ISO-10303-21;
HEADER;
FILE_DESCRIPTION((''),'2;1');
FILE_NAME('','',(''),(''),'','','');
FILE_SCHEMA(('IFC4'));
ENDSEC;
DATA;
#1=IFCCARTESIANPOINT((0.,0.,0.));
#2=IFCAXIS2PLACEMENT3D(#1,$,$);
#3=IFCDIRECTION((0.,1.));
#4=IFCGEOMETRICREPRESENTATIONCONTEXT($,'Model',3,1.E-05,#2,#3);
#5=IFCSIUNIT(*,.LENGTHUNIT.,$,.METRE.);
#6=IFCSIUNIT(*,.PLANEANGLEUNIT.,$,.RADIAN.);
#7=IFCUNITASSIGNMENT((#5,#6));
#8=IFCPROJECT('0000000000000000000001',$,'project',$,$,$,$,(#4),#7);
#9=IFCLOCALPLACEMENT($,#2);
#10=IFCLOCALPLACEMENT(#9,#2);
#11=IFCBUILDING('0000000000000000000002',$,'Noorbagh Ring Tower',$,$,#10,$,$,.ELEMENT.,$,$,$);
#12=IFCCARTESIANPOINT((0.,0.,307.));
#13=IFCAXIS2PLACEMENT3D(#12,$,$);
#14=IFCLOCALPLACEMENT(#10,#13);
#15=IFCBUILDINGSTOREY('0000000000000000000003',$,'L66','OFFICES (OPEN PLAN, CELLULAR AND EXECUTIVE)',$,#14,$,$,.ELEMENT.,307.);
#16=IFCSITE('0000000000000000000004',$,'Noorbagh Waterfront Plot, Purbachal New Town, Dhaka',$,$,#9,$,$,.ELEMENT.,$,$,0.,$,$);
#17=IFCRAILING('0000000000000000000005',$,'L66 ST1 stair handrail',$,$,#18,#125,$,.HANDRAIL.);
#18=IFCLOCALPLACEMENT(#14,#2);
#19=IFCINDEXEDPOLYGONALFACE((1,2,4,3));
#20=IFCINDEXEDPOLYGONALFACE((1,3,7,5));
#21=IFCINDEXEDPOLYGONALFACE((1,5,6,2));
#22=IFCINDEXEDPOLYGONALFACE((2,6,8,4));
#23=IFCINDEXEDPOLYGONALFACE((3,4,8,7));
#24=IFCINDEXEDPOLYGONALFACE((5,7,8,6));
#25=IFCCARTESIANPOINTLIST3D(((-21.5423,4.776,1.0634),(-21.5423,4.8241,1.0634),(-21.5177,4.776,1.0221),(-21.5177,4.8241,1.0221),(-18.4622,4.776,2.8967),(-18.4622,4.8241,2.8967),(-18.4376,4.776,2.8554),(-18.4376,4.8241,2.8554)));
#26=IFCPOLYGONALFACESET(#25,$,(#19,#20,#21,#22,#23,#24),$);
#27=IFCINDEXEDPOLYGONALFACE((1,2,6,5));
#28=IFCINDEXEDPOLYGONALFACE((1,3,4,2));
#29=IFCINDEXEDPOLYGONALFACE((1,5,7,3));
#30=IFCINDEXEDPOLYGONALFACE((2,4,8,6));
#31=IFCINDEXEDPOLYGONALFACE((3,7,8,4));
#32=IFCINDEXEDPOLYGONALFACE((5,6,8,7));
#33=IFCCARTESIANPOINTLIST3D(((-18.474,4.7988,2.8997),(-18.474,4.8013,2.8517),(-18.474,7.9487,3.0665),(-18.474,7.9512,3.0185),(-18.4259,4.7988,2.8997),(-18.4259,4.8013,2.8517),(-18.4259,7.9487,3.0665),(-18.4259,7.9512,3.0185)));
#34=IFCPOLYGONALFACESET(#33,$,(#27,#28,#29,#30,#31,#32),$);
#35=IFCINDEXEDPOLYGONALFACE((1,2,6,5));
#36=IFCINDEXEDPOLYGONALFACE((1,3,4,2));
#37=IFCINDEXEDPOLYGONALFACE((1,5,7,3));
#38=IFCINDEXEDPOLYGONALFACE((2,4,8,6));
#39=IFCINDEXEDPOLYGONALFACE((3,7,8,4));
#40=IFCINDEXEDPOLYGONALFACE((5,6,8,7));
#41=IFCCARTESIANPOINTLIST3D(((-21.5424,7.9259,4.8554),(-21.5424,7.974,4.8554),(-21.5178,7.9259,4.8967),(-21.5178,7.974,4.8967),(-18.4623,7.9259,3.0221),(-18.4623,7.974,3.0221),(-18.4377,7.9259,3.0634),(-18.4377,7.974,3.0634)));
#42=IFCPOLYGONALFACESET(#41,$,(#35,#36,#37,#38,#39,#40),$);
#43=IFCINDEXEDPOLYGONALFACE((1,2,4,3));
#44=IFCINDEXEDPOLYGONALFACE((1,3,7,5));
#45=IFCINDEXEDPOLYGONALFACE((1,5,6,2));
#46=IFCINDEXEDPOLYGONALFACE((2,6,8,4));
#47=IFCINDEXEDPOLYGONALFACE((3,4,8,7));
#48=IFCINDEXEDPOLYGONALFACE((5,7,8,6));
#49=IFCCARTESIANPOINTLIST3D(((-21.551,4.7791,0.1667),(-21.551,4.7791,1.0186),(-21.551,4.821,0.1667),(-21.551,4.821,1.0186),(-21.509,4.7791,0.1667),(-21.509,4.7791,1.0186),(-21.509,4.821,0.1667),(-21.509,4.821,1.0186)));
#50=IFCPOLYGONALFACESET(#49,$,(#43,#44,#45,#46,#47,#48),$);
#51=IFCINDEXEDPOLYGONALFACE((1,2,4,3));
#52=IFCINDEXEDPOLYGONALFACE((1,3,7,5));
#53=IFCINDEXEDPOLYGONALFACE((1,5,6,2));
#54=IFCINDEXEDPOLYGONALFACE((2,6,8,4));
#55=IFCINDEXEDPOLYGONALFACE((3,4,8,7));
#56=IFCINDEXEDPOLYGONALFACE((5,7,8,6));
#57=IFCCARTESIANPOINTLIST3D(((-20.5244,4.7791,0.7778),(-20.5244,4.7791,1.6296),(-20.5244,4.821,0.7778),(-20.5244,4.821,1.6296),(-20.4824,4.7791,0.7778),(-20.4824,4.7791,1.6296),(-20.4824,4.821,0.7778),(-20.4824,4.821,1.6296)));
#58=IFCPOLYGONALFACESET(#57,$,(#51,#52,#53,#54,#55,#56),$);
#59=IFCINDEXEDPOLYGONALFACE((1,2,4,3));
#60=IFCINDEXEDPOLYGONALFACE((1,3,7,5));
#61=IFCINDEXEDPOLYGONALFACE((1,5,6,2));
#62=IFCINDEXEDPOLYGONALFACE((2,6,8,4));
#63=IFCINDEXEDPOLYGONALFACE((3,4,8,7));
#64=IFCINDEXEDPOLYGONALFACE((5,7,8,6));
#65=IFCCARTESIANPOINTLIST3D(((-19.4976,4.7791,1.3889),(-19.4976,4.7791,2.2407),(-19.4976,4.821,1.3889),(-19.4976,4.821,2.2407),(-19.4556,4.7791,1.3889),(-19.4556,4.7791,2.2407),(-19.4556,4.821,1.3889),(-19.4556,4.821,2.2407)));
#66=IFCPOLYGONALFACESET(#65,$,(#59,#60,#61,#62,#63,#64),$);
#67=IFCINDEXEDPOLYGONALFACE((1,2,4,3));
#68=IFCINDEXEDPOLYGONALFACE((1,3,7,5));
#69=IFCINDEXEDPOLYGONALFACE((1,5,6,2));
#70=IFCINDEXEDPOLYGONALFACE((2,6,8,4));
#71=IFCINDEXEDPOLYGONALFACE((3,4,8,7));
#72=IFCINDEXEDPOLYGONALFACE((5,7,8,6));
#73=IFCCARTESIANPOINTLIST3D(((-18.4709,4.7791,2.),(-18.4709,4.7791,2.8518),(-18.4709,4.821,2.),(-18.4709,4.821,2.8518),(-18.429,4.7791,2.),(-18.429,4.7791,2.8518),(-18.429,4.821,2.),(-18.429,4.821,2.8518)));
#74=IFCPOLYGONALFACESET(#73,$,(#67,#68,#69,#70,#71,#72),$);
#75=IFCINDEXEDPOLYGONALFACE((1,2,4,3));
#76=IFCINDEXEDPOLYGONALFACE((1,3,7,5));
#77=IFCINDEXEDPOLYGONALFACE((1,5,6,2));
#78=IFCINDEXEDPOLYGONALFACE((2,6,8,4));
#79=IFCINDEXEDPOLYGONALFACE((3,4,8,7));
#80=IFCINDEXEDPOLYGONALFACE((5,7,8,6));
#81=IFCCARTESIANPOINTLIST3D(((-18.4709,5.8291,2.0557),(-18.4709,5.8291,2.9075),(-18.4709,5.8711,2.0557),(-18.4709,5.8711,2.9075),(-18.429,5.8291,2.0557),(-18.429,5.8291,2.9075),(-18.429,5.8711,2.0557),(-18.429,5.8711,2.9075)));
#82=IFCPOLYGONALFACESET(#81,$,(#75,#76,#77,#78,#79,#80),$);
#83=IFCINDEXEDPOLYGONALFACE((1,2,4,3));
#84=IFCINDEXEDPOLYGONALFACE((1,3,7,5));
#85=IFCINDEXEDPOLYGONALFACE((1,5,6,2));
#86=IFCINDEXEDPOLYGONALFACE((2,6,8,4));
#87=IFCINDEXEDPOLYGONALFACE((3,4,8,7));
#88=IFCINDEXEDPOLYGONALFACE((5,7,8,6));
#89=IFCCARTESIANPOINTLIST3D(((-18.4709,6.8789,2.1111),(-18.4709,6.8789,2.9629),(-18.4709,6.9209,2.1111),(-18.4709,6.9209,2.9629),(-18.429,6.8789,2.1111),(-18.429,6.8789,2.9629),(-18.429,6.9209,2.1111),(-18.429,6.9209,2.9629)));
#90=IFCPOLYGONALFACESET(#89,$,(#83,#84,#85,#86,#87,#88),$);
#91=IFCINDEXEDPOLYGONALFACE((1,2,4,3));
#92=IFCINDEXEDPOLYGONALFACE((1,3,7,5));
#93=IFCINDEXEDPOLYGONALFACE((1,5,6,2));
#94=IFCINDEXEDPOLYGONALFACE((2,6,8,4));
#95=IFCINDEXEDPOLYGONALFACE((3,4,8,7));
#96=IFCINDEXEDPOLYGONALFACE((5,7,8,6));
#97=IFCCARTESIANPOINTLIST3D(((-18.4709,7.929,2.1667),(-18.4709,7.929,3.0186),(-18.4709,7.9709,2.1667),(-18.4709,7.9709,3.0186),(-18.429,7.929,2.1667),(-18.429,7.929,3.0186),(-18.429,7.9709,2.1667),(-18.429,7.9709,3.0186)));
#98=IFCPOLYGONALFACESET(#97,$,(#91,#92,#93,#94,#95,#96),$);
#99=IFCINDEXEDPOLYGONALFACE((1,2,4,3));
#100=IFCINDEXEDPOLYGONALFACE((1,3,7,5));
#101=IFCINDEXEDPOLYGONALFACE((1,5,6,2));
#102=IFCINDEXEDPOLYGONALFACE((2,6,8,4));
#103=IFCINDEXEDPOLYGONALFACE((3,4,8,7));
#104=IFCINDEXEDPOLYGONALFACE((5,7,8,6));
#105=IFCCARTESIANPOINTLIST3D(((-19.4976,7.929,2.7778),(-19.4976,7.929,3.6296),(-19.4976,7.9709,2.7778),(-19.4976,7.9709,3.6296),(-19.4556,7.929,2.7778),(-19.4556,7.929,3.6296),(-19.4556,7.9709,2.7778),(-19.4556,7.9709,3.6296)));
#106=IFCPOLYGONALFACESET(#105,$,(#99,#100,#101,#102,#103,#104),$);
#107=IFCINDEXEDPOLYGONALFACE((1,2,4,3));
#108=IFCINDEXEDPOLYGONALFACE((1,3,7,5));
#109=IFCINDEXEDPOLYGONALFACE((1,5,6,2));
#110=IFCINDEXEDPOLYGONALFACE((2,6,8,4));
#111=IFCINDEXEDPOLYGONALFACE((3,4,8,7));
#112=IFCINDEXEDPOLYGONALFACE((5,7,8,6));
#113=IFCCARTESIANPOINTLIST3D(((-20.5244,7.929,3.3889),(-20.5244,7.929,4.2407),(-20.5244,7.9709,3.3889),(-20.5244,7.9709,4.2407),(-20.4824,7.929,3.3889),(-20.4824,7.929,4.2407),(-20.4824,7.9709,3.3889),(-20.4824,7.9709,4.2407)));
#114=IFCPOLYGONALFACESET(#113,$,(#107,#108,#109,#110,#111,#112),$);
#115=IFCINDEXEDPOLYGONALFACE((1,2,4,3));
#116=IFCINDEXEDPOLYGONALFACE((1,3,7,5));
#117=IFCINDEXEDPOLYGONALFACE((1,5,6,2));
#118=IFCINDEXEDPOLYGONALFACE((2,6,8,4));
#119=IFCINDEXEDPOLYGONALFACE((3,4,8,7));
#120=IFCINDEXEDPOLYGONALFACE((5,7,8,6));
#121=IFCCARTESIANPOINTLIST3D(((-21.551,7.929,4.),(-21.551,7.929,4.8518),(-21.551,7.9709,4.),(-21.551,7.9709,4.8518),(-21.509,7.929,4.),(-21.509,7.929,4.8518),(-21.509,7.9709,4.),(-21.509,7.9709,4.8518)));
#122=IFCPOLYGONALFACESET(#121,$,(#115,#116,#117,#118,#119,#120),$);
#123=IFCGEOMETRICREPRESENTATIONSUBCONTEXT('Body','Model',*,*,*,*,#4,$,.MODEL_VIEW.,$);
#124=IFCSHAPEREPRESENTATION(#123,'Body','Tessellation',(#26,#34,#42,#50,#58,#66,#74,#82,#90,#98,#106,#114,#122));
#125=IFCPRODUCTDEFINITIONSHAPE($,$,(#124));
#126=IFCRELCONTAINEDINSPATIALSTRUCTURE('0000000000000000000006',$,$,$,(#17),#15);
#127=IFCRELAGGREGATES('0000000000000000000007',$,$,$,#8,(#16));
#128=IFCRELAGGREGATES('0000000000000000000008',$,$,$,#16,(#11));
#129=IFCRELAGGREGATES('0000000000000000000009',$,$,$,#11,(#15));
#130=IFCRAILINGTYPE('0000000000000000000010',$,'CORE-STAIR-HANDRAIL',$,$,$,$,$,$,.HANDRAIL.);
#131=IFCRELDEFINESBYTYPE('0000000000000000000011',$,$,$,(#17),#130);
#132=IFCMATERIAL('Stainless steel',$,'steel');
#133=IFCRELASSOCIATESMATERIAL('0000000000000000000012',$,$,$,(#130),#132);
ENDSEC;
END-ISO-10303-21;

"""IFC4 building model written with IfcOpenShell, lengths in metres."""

from ifc_helpers import new_model, si_unit, direction, frame, origin, origin_2d, place, context, subcontext, project, spatial, rectangle, extrude, material, type_object, element, save


model = new_model("IFC4")

# Units and contexts
model_context = context("Model", 3, precision=1e-05, world=origin(), true_north=direction((0.0, 1.0)))
body_context = subcontext(model_context, "Body", "Model", "MODEL_VIEW")
ifc_project = project(units=[si_unit("LENGTHUNIT", "METRE"), si_unit("PLANEANGLEUNIT", "RADIAN")], contexts=[model_context])

# Site, building, storey
site_placement = place(None, origin())
site = spatial("IfcSite", under=ifc_project, at=site_placement, Name="Noorbagh Waterfront Plot, Purbachal New Town, Dhaka", CompositionType="ELEMENT", RefElevation=0.0)
building_placement = place(site_placement, origin())
building = spatial("IfcBuilding", under=site, at=building_placement, Name="Noorbagh Ring Tower", CompositionType="ELEMENT")
storey_placement = place(building_placement, frame((0.0, 0.0, 307.0)))
storey = spatial("IfcBuildingStorey", under=building, at=storey_placement, Name="L66", Description="OFFICES (OPEN PLAN, CELLULAR AND EXECUTIVE)", CompositionType="ELEMENT", Elevation=307.0)

# Railing
ifc_material_1 = material(Name="Stainless steel", Category="steel")
railing_type_1 = type_object("IfcRailingType", Name="CORE-STAIR-HANDRAIL", PredefinedType="HANDRAIL", material=ifc_material_1)
railing_1_placement = place(storey_placement, frame((-21.53, 4.8, 0.1667)))
element("IfcRailing", 1, at=railing_1_placement, inside=storey, type_object=railing_type_1, Name="L66 ST1 stair handrail", PredefinedType="HANDRAIL", context=body_context, shape_type="SweptSolid", body=[
    extrude(rectangle(XDim=0.0481, YDim=0.0481, at=origin_2d()), frame((0.0, 0.0, 0.876), z_axis=(0.859309, 0.0, 0.511458), x_axis=(0.0, 1.0, 0.0)), (0.0, 0.0, 1.0), 3.5845),
    extrude(rectangle(XDim=0.0481, YDim=0.0481, at=origin_2d()), frame((3.0801, 0.0, 2.709), z_axis=(0.0, 0.998602, 0.052864), x_axis=(-1.0, 0.0, 0.0)), (0.0, 0.0, 1.0), 3.1543),
    extrude(rectangle(XDim=0.0481, YDim=0.0481, at=origin_2d()), frame((3.0801, 3.1499, 2.876), z_axis=(-0.859309, 0.0, 0.511458), x_axis=(0.0, -1.0, 0.0)), (0.0, 0.0, 1.0), 3.5845),
    extrude(rectangle(XDim=0.042, YDim=0.042, at=origin_2d()), origin(), (0.0, 0.0, 1.0), 0.8518),
    extrude(rectangle(XDim=0.042, YDim=0.042, at=origin_2d()), frame((1.0266, 0.0, 0.6111)), (0.0, 0.0, 1.0), 0.8518),
    extrude(rectangle(XDim=0.042, YDim=0.042, at=origin_2d()), frame((2.0535, 0.0, 1.2222)), (0.0, 0.0, 1.0), 0.8518),
    extrude(rectangle(XDim=0.042, YDim=0.042, at=origin_2d()), frame((3.0801, 0.0, 1.8333)), (0.0, 0.0, 1.0), 0.8518),
    extrude(rectangle(XDim=0.042, YDim=0.042, at=origin_2d()), frame((3.0801, 1.05, 1.8889)), (0.0, 0.0, 1.0), 0.8518),
    extrude(rectangle(XDim=0.042, YDim=0.042, at=origin_2d()), frame((3.0801, 2.0999, 1.9443)), (0.0, 0.0, 1.0), 0.8518),
    extrude(rectangle(XDim=0.042, YDim=0.042, at=origin_2d()), frame((3.0801, 3.1499, 2.0)), (0.0, 0.0, 1.0), 0.8518),
    extrude(rectangle(XDim=0.042, YDim=0.042, at=origin_2d()), frame((2.0535, 3.1499, 2.6111)), (0.0, 0.0, 1.0), 0.8518),
    extrude(rectangle(XDim=0.042, YDim=0.042, at=origin_2d()), frame((1.0266, 3.1499, 3.2222)), (0.0, 0.0, 1.0), 0.8518),
    extrude(rectangle(XDim=0.042, YDim=0.042, at=origin_2d()), frame((0.0, 3.1499, 3.8333)), (0.0, 0.0, 1.0), 0.8518),
])

save(model, "model.ifc")
